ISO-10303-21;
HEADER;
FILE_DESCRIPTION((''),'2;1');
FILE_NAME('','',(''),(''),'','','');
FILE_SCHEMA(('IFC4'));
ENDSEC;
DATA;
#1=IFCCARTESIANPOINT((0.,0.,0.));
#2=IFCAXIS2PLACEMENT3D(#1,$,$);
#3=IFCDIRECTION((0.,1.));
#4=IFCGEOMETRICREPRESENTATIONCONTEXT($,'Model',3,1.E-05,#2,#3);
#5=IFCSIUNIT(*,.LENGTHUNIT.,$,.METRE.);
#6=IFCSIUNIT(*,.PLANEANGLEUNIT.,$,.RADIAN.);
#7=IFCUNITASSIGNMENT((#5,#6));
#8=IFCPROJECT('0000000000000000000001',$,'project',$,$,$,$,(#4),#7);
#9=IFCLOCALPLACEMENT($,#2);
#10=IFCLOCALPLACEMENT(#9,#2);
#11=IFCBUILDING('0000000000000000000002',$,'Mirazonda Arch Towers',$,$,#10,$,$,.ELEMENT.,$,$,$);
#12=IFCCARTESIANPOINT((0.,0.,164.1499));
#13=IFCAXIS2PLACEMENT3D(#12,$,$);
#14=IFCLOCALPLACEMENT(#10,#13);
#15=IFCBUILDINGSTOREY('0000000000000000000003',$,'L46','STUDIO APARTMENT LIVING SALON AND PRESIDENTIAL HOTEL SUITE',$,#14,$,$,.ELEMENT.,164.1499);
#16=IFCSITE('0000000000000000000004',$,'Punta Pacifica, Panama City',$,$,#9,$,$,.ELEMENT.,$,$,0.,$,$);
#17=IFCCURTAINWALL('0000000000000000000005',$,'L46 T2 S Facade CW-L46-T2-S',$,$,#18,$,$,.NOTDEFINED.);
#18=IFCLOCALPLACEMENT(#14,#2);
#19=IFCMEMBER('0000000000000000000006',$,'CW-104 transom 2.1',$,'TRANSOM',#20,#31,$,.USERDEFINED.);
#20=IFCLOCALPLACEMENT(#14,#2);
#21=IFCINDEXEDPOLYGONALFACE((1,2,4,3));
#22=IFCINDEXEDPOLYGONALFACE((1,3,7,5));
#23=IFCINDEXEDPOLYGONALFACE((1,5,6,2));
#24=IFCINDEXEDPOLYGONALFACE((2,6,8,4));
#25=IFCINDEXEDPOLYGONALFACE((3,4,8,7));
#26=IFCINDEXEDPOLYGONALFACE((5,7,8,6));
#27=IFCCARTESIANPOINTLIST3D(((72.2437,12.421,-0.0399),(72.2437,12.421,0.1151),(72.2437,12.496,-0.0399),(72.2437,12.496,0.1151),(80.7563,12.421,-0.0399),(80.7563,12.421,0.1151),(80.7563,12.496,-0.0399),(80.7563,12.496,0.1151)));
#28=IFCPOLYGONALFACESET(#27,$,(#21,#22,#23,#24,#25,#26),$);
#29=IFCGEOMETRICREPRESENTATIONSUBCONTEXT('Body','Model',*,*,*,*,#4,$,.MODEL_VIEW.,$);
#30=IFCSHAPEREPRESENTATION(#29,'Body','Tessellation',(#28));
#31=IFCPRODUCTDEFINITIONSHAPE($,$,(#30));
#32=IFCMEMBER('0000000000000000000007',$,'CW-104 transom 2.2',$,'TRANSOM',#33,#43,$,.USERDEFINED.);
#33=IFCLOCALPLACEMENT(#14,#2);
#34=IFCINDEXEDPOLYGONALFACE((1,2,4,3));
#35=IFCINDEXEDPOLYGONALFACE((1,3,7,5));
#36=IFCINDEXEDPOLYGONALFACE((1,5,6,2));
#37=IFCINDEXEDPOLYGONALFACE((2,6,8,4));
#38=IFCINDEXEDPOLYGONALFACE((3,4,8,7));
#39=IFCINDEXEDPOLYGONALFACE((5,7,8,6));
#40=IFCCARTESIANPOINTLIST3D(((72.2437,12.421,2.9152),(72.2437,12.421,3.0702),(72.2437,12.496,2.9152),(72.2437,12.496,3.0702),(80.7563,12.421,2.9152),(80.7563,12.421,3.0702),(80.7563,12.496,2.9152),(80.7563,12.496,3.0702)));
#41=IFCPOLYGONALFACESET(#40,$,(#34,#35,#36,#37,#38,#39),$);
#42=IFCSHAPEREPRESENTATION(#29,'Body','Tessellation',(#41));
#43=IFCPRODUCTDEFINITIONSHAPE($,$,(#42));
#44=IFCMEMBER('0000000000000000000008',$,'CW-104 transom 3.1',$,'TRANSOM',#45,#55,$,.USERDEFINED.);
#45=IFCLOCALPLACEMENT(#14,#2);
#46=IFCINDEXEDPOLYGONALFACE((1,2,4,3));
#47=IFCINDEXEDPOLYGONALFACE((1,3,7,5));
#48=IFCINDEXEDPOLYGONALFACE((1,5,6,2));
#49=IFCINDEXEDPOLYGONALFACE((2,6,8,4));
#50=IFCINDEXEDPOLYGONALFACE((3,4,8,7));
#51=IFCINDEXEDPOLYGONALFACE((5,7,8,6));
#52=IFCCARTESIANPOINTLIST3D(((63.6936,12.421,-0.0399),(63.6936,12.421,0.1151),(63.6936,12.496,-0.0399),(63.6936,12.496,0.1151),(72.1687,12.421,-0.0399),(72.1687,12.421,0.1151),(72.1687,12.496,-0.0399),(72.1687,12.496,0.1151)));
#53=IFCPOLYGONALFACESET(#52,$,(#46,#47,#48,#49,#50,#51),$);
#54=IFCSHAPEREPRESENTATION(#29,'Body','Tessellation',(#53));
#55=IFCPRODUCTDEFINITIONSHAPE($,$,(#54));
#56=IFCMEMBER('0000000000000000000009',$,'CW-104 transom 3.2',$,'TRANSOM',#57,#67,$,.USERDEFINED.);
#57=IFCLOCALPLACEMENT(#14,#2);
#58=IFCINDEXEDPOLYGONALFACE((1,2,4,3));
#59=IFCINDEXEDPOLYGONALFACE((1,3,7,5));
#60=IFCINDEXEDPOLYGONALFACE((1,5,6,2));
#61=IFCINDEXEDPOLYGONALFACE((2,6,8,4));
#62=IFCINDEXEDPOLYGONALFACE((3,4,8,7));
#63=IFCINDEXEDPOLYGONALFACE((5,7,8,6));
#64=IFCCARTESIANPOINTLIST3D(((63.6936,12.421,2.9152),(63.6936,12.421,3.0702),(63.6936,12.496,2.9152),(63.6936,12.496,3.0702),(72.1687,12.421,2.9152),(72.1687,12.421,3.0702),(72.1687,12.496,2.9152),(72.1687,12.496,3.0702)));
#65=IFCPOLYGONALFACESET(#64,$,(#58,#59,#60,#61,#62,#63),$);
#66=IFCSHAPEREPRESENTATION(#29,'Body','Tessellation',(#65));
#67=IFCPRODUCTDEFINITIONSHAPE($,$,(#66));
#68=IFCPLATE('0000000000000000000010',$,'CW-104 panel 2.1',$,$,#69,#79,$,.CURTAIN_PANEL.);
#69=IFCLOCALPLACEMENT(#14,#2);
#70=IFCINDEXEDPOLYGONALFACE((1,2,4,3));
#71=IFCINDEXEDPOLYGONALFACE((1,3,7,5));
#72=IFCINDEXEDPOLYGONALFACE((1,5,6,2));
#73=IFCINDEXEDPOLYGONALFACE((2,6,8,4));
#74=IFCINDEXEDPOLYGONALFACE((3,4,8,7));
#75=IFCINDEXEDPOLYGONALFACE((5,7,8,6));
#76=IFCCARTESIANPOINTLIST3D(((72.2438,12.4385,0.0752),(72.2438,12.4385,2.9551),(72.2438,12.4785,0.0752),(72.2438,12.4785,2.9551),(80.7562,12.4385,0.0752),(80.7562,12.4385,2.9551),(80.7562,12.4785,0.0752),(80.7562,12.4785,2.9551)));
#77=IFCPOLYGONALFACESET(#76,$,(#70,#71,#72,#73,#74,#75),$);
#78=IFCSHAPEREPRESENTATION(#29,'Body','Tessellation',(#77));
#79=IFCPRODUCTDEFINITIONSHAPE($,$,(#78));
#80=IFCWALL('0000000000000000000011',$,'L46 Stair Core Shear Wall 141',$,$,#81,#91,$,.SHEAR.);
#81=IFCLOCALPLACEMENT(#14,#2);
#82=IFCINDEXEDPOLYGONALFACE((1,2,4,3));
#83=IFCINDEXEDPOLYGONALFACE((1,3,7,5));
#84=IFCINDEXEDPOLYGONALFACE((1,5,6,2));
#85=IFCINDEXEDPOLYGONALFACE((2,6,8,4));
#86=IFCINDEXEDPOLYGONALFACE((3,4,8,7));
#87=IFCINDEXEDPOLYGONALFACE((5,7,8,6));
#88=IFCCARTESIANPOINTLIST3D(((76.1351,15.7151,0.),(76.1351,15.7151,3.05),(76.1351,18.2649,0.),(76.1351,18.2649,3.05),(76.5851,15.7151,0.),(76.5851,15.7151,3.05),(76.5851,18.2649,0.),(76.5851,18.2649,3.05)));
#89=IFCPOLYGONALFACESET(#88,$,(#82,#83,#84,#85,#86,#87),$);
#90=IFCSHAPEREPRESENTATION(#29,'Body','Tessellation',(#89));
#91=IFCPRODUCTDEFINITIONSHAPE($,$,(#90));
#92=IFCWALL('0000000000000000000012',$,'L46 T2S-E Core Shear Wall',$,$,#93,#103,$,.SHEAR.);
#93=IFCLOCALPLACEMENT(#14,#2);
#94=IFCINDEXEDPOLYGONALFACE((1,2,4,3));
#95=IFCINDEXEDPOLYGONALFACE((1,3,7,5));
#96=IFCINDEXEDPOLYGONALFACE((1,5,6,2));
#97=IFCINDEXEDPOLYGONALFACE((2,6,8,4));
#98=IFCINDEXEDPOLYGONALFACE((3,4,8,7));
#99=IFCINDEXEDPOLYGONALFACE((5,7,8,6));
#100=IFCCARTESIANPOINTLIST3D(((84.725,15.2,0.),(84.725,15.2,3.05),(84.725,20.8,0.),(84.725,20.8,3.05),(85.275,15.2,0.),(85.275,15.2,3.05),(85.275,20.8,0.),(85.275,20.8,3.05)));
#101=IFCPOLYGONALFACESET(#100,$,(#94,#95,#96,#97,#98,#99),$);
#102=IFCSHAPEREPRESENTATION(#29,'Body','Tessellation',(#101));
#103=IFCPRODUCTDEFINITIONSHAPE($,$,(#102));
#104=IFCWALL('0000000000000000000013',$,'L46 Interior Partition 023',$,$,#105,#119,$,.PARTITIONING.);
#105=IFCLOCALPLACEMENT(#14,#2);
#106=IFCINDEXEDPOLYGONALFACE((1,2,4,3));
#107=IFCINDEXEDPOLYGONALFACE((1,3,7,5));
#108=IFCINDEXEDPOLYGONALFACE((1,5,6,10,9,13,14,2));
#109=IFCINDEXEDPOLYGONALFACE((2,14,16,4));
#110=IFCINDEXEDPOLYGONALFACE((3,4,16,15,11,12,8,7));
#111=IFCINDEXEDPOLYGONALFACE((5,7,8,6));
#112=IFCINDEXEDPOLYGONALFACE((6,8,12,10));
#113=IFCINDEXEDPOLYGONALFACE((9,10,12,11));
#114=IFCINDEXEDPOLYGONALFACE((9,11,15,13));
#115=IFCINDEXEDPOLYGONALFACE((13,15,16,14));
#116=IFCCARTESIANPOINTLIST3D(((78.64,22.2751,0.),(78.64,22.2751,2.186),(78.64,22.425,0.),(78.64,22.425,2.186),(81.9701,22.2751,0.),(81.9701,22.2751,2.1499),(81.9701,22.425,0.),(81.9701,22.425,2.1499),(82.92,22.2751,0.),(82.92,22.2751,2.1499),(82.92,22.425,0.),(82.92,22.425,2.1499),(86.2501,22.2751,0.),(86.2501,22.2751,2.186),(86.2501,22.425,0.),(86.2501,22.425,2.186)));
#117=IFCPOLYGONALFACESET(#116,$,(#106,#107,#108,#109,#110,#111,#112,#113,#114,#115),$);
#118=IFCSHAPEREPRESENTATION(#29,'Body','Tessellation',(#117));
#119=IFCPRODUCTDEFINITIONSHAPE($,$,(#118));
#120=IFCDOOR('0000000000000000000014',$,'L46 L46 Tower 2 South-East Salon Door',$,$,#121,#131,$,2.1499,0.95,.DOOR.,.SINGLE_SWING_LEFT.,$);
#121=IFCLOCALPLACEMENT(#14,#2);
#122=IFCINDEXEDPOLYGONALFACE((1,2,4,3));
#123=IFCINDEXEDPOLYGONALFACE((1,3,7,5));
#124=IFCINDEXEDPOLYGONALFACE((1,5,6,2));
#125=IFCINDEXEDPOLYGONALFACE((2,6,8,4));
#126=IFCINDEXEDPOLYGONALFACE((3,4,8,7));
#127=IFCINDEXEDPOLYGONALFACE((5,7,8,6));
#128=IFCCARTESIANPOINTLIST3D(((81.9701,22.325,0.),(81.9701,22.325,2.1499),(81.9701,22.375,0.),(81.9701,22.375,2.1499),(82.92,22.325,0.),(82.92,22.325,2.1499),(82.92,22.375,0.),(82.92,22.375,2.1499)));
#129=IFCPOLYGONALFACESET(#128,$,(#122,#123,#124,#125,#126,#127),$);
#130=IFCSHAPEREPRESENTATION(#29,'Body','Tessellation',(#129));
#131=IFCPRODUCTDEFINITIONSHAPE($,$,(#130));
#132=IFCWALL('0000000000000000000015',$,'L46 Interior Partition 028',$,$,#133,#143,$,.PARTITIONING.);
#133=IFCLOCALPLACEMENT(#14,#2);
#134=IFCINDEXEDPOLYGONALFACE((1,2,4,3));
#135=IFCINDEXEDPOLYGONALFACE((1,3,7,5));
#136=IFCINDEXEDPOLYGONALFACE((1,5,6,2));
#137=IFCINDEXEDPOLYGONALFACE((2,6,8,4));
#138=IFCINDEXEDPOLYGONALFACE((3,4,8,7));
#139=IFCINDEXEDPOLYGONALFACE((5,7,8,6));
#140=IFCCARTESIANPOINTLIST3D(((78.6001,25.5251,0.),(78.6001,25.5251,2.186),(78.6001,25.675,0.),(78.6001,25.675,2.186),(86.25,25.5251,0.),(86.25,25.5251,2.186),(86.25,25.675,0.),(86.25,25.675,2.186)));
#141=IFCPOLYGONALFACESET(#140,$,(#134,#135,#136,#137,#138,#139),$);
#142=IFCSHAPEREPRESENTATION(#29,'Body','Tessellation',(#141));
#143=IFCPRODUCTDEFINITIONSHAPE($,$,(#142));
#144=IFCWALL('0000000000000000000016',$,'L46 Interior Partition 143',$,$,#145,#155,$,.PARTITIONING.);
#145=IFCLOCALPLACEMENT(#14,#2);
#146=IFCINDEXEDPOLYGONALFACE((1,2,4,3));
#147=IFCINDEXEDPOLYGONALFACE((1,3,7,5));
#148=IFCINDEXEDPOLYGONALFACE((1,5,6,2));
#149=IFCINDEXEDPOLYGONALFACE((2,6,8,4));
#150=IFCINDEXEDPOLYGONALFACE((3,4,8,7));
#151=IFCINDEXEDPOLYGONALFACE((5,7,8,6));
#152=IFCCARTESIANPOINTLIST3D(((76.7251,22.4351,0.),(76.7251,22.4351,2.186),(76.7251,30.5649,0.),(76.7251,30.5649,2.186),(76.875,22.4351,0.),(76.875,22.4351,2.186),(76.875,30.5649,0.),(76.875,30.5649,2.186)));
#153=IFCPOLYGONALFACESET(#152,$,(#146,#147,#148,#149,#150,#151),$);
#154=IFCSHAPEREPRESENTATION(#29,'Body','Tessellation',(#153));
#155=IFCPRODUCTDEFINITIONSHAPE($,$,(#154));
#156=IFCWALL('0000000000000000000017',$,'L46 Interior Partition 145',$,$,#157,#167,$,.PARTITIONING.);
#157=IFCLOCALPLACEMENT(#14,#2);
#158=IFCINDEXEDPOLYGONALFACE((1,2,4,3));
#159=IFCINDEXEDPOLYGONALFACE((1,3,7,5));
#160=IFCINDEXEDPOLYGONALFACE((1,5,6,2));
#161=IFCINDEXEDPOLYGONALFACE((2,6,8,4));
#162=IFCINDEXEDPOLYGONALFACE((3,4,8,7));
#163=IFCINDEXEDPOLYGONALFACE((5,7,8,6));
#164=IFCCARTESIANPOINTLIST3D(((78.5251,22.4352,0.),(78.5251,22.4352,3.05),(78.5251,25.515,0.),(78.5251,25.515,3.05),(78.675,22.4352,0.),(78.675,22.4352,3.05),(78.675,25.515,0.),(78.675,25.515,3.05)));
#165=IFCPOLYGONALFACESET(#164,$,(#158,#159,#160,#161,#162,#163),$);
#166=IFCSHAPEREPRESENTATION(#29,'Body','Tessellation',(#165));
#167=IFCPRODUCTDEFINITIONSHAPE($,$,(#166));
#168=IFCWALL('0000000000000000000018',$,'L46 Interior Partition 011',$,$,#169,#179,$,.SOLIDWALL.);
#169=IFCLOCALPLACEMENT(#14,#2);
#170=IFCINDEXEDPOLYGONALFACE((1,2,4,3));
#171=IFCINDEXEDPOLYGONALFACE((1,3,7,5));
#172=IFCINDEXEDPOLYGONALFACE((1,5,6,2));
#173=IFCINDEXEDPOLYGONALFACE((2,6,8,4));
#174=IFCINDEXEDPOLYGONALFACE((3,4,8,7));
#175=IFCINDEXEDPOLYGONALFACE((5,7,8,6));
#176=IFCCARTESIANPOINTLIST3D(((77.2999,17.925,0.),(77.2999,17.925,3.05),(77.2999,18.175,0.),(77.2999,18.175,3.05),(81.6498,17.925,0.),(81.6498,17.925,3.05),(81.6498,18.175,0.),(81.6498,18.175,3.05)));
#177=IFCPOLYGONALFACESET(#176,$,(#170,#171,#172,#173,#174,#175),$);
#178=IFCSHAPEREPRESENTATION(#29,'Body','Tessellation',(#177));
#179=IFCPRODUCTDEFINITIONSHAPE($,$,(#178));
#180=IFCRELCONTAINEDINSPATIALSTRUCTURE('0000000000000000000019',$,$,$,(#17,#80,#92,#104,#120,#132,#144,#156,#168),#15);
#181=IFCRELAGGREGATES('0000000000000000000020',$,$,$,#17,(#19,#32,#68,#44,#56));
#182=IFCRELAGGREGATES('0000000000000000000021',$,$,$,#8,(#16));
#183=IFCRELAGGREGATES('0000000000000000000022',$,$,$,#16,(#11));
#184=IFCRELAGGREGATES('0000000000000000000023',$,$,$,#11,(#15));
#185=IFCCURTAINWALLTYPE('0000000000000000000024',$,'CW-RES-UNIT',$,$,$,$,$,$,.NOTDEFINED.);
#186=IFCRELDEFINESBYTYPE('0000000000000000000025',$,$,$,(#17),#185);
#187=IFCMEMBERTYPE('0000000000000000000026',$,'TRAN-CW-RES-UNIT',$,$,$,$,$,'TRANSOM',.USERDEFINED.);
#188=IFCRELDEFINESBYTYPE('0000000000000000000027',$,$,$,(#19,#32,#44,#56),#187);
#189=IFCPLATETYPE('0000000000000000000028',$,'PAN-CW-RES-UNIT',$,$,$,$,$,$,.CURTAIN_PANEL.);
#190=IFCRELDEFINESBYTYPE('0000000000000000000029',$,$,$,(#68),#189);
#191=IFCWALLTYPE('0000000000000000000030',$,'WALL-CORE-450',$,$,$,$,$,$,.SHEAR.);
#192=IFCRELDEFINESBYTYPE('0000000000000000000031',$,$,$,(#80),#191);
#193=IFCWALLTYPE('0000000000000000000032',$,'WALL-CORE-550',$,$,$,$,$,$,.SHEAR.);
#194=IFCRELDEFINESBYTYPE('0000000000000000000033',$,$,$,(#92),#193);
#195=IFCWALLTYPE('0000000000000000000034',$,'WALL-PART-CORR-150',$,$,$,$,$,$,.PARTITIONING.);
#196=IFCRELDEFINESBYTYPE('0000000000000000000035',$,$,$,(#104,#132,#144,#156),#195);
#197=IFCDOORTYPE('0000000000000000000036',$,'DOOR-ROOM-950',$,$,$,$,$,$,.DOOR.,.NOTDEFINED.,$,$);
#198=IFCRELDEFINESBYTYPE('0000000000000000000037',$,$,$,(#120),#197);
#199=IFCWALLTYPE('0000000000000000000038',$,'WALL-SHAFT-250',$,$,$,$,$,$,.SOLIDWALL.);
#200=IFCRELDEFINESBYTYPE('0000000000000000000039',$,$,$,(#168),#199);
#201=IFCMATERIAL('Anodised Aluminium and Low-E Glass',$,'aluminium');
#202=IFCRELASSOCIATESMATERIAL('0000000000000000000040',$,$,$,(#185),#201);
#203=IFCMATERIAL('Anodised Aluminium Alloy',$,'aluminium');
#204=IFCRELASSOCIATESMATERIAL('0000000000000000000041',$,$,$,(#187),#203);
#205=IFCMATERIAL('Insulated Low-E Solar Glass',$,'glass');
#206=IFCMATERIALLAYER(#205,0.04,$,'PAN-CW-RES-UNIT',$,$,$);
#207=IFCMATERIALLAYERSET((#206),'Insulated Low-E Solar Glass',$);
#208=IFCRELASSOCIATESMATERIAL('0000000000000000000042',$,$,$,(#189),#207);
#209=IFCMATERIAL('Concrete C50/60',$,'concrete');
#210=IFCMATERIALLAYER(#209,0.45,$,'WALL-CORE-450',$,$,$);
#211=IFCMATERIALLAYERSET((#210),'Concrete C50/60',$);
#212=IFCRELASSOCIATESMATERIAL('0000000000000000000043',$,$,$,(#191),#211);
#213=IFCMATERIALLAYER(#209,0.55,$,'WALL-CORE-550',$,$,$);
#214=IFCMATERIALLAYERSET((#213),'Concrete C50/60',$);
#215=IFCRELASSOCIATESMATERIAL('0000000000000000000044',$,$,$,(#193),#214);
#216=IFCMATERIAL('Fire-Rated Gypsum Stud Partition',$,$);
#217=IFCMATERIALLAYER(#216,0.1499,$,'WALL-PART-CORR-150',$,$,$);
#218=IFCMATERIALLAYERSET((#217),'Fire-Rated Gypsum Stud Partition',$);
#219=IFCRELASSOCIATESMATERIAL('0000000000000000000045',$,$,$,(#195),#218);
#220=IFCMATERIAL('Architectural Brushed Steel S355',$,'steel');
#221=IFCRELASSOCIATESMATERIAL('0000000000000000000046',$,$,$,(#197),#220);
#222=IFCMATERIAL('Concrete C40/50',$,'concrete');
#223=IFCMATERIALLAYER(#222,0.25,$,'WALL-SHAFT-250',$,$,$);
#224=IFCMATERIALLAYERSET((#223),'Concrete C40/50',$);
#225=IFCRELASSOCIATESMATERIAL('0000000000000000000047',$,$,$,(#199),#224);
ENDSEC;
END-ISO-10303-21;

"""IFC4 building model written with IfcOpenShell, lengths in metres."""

from ifc_helpers import new_model, si_unit, direction, frame, frame_2d, origin, origin_2d, place, context, subcontext, project, spatial, rectangle, extrude, material, layer, layer_set, material_profile, profile_set, type_object, element, fill, aggregate, save


model = new_model("IFC4")

# Units and contexts
model_context = context("Model", 3, precision=1e-05, world=origin(), true_north=direction((0.0, 1.0)))
body_context = subcontext(model_context, "Body", "Model", "MODEL_VIEW")
ifc_project = project(units=[si_unit("LENGTHUNIT", "METRE"), si_unit("PLANEANGLEUNIT", "RADIAN")], contexts=[model_context])

# Site, building, storey
site_placement = place(None, origin())
site = spatial("IfcSite", under=ifc_project, at=site_placement, Name="Punta Pacifica, Panama City", CompositionType="ELEMENT", RefElevation=0.0)
building_placement = place(site_placement, origin())
building = spatial("IfcBuilding", under=site, at=building_placement, Name="Mirazonda Arch Towers", CompositionType="ELEMENT")
storey_placement = place(building_placement, frame((0.0, 0.0, 164.1499)))
storey = spatial("IfcBuildingStorey", under=building, at=storey_placement, Name="L46", Description="STUDIO APARTMENT LIVING SALON AND PRESIDENTIAL HOTEL SUITE", CompositionType="ELEMENT", Elevation=164.1499)

# Shared definitions
ifc_material_1 = material(Name="Concrete C50/60", Category="concrete")

# Curtain wall, members, plate
ifc_material_2 = material(Name="Anodised Aluminium and Low-E Glass", Category="aluminium")
curtain_wall_type = type_object("IfcCurtainWallType", Name="CW-RES-UNIT", PredefinedType="NOTDEFINED", material=ifc_material_2)
curtain_wall_placement = place(storey_placement, origin())
curtain_wall = element("IfcCurtainWall", 1, at=curtain_wall_placement, inside=storey, type_object=curtain_wall_type, Name="L46 T2 S Facade CW-L46-T2-S", PredefinedType="NOTDEFINED")
ifc_material_3 = material(Name="Anodised Aluminium Alloy", Category="aluminium")
ifc_material_profile_1 = material_profile(ifc_material_3, rectangle(XDim=0.075, YDim=0.155, at=origin_2d()), Name="ALU-TRAN-75x155")
ifc_profile_set_1 = profile_set([ifc_material_profile_1], Name="Anodised Aluminium Alloy")
member_type_1 = type_object("IfcMemberType", Name="TRAN-CW-RES-UNIT", ElementType="TRANSOM", PredefinedType="USERDEFINED", material=ifc_profile_set_1)
member_1_placement = place(storey_placement, frame((80.7563, 12.4585, 0.0376), z_axis=(-1.0, 0.0, 0.0), x_axis=(0.0, -1.0, 0.0)))
member_1 = element("IfcMember", 2, at=member_1_placement, type_object=member_type_1, Name="CW-104 transom 2.1", ObjectType="TRANSOM", PredefinedType="USERDEFINED", context=body_context, shape_type="SweptSolid", body=[
    extrude(rectangle(XDim=0.075, YDim=0.155, at=origin_2d()), origin(), (0.0, 0.0, 1.0), 8.5127),
])
member_2_placement = place(storey_placement, frame((80.7563, 12.4585, 2.9927), z_axis=(-1.0, 0.0, 0.0), x_axis=(0.0, -1.0, 0.0)))
member_2 = element("IfcMember", 3, at=member_2_placement, type_object=member_type_1, Name="CW-104 transom 2.2", ObjectType="TRANSOM", PredefinedType="USERDEFINED", context=body_context, shape_type="SweptSolid", body=[
    extrude(rectangle(XDim=0.075, YDim=0.155, at=origin_2d()), origin(), (0.0, 0.0, 1.0), 8.5127),
])
member_3_placement = place(storey_placement, frame((72.1687, 12.4585, 0.0376), z_axis=(-1.0, 0.0, 0.0), x_axis=(0.0, -1.0, 0.0)))
member_3 = element("IfcMember", 4, at=member_3_placement, type_object=member_type_1, Name="CW-104 transom 3.1", ObjectType="TRANSOM", PredefinedType="USERDEFINED", context=body_context, shape_type="SweptSolid", body=[
    extrude(rectangle(XDim=0.075, YDim=0.155, at=origin_2d()), origin(), (0.0, 0.0, 1.0), 8.4751),
])
member_4_placement = place(storey_placement, frame((72.1687, 12.4585, 2.9927), z_axis=(-1.0, 0.0, 0.0), x_axis=(0.0, -1.0, 0.0)))
member_4 = element("IfcMember", 5, at=member_4_placement, type_object=member_type_1, Name="CW-104 transom 3.2", ObjectType="TRANSOM", PredefinedType="USERDEFINED", context=body_context, shape_type="SweptSolid", body=[
    extrude(rectangle(XDim=0.075, YDim=0.155, at=origin_2d()), origin(), (0.0, 0.0, 1.0), 8.4751),
])
ifc_material_4 = material(Name="Insulated Low-E Solar Glass", Category="glass")
ifc_layer_1 = layer(ifc_material_4, 0.04, Name="PAN-CW-RES-UNIT")
ifc_layer_set_1 = layer_set([ifc_layer_1], Name="Insulated Low-E Solar Glass")
plate_type = type_object("IfcPlateType", Name="PAN-CW-RES-UNIT", PredefinedType="CURTAIN_PANEL", material=ifc_layer_set_1)
plate_placement = place(storey_placement, frame((76.5, 12.4585, 0.0752), z_axis=(0.0, 0.0, 1.0), x_axis=(-1.0, 0.0, 0.0)))
plate = element("IfcPlate", 6, at=plate_placement, type_object=plate_type, Name="CW-104 panel 2.1", PredefinedType="CURTAIN_PANEL", context=body_context, shape_type="SweptSolid", body=[
    extrude(rectangle(XDim=8.5125, YDim=0.04, at=origin_2d()), origin(), (0.0, 0.0, 1.0), 2.8799),
])
aggregate(curtain_wall, [member_1, member_2, plate, member_3, member_4])

# Walls
ifc_layer_2 = layer(ifc_material_1, 0.45, Name="WALL-CORE-450")
ifc_layer_set_2 = layer_set([ifc_layer_2], Name="Concrete C50/60")
wall_type_1 = type_object("IfcWallType", Name="WALL-CORE-450", PredefinedType="SHEAR", material=ifc_layer_set_2)
wall_1_placement = place(storey_placement, frame((76.3601, 15.7151, 0.0), z_axis=(0.0, 0.0, 1.0), x_axis=(0.0, 1.0, 0.0)))
element("IfcWall", 7, at=wall_1_placement, inside=storey, type_object=wall_type_1, Name="L46 Stair Core Shear Wall 141", PredefinedType="SHEAR", context=body_context, shape_type="SweptSolid", body=[
    extrude(rectangle(XDim=2.5498, YDim=0.45, at=frame_2d((1.2749, 0.0))), origin(), (0.0, 0.0, 1.0), 3.05),
])
ifc_layer_3 = layer(ifc_material_1, 0.55, Name="WALL-CORE-550")
ifc_layer_set_3 = layer_set([ifc_layer_3], Name="Concrete C50/60")
wall_type_2 = type_object("IfcWallType", Name="WALL-CORE-550", PredefinedType="SHEAR", material=ifc_layer_set_3)
wall_2_placement = place(storey_placement, frame((85.0, 15.2, 0.0), z_axis=(0.0, 0.0, 1.0), x_axis=(0.0, 1.0, 0.0)))
element("IfcWall", 8, at=wall_2_placement, inside=storey, type_object=wall_type_2, Name="L46 T2S-E Core Shear Wall", PredefinedType="SHEAR", context=body_context, shape_type="SweptSolid", body=[
    extrude(rectangle(XDim=5.6001, YDim=0.55, at=frame_2d((2.8, 0.0))), origin(), (0.0, 0.0, 1.0), 3.05),
])

# Wall, opening, door
ifc_material_5 = material(Name="Fire-Rated Gypsum Stud Partition")
ifc_layer_4 = layer(ifc_material_5, 0.1499, Name="WALL-PART-CORR-150")
ifc_layer_set_4 = layer_set([ifc_layer_4], Name="Fire-Rated Gypsum Stud Partition")
wall_type_3 = type_object("IfcWallType", Name="WALL-PART-CORR-150", PredefinedType="PARTITIONING", material=ifc_layer_set_4)
wall_3_placement = place(storey_placement, frame((78.6399, 22.3501, 0.0), z_axis=(0.0, 0.0, 1.0), x_axis=(1.0, 0.0, 0.0)))
wall_3 = element("IfcWall", 9, at=wall_3_placement, inside=storey, type_object=wall_type_3, Name="L46 Interior Partition 023", PredefinedType="PARTITIONING", context=body_context, shape_type="SweptSolid", body=[
    extrude(rectangle(XDim=7.6101, YDim=0.1499, at=frame_2d((3.8052, 0.0))), origin(), (0.0, 0.0, 1.0), 2.186),
])
opening_placement = place(wall_3_placement, frame((3.3301, 0.0, 0.0)))
opening = element("IfcOpeningElement", 10, at=opening_placement, cuts=wall_3, PredefinedType="OPENING", context=body_context, shape_type="SweptSolid", body=[
    extrude(rectangle(XDim=0.95, YDim=2.1499, at=frame_2d((0.4751, 1.075))), frame((0.0, 0.085, 0.0), z_axis=(0.0, -1.0, 0.0), x_axis=(1.0, 0.0, 0.0)), (0.0, 0.0, 1.0), 0.1699),
])
ifc_material_6 = material(Name="Architectural Brushed Steel S355", Category="steel")
door_type = type_object("IfcDoorType", Name="DOOR-ROOM-950", OperationType="NOTDEFINED", PredefinedType="DOOR", material=ifc_material_6)
door_placement = place(opening_placement, origin())
door = element("IfcDoor", 11, at=door_placement, inside=storey, type_object=door_type, Name="L46 L46 Tower 2 South-East Salon Door", OperationType="SINGLE_SWING_LEFT", OverallHeight=2.1499, OverallWidth=0.95, PredefinedType="DOOR", context=body_context, shape_type="SweptSolid", body=[
    extrude(rectangle(XDim=0.95, YDim=2.1499, at=frame_2d((0.4751, 1.075))), frame((0.0, 0.0249, 0.0), z_axis=(0.0, -1.0, 0.0), x_axis=(1.0, 0.0, 0.0)), (0.0, 0.0, 1.0), 0.05),
])
fill(opening, door)

# Walls
wall_4_placement = place(storey_placement, frame((78.6001, 25.6001, 0.0), z_axis=(0.0, 0.0, 1.0), x_axis=(1.0, 0.0, 0.0)))
element("IfcWall", 12, at=wall_4_placement, inside=storey, type_object=wall_type_3, Name="L46 Interior Partition 028", PredefinedType="PARTITIONING", context=body_context, shape_type="SweptSolid", body=[
    extrude(rectangle(XDim=7.6499, YDim=0.1499, at=frame_2d((3.825, 0.0))), origin(), (0.0, 0.0, 1.0), 2.186),
])
wall_5_placement = place(storey_placement, frame((76.8, 22.4351, 0.0), z_axis=(0.0, 0.0, 1.0), x_axis=(0.0, 1.0, 0.0)))
element("IfcWall", 13, at=wall_5_placement, inside=storey, type_object=wall_type_3, Name="L46 Interior Partition 143", PredefinedType="PARTITIONING", context=body_context, shape_type="SweptSolid", body=[
    extrude(rectangle(XDim=8.1299, YDim=0.1499, at=frame_2d((4.0649, 0.0))), origin(), (0.0, 0.0, 1.0), 2.186),
])
wall_6_placement = place(storey_placement, frame((78.6001, 22.4351, 0.0), z_axis=(0.0, 0.0, 1.0), x_axis=(0.0, 1.0, 0.0)))
element("IfcWall", 14, at=wall_6_placement, inside=storey, type_object=wall_type_3, Name="L46 Interior Partition 145", PredefinedType="PARTITIONING", context=body_context, shape_type="SweptSolid", body=[
    extrude(rectangle(XDim=3.0798, YDim=0.1499, at=frame_2d((1.54, 0.0))), origin(), (0.0, 0.0, 1.0), 3.05),
])
ifc_material_7 = material(Name="Concrete C40/50", Category="concrete")
ifc_layer_5 = layer(ifc_material_7, 0.25, Name="WALL-SHAFT-250")
ifc_layer_set_5 = layer_set([ifc_layer_5], Name="Concrete C40/50")
wall_type_4 = type_object("IfcWallType", Name="WALL-SHAFT-250", PredefinedType="SOLIDWALL", material=ifc_layer_set_5)
wall_7_placement = place(storey_placement, frame((77.3, 18.05, 0.0), z_axis=(0.0, 0.0, 1.0), x_axis=(1.0, 0.0, 0.0)))
element("IfcWall", 15, at=wall_7_placement, inside=storey, type_object=wall_type_4, Name="L46 Interior Partition 011", PredefinedType="SOLIDWALL", context=body_context, shape_type="SweptSolid", body=[
    extrude(rectangle(XDim=4.3499, YDim=0.25, at=frame_2d((2.1748, 0.0))), origin(), (0.0, 0.0, 1.0), 3.05),
])

save(model, "model.ifc")
